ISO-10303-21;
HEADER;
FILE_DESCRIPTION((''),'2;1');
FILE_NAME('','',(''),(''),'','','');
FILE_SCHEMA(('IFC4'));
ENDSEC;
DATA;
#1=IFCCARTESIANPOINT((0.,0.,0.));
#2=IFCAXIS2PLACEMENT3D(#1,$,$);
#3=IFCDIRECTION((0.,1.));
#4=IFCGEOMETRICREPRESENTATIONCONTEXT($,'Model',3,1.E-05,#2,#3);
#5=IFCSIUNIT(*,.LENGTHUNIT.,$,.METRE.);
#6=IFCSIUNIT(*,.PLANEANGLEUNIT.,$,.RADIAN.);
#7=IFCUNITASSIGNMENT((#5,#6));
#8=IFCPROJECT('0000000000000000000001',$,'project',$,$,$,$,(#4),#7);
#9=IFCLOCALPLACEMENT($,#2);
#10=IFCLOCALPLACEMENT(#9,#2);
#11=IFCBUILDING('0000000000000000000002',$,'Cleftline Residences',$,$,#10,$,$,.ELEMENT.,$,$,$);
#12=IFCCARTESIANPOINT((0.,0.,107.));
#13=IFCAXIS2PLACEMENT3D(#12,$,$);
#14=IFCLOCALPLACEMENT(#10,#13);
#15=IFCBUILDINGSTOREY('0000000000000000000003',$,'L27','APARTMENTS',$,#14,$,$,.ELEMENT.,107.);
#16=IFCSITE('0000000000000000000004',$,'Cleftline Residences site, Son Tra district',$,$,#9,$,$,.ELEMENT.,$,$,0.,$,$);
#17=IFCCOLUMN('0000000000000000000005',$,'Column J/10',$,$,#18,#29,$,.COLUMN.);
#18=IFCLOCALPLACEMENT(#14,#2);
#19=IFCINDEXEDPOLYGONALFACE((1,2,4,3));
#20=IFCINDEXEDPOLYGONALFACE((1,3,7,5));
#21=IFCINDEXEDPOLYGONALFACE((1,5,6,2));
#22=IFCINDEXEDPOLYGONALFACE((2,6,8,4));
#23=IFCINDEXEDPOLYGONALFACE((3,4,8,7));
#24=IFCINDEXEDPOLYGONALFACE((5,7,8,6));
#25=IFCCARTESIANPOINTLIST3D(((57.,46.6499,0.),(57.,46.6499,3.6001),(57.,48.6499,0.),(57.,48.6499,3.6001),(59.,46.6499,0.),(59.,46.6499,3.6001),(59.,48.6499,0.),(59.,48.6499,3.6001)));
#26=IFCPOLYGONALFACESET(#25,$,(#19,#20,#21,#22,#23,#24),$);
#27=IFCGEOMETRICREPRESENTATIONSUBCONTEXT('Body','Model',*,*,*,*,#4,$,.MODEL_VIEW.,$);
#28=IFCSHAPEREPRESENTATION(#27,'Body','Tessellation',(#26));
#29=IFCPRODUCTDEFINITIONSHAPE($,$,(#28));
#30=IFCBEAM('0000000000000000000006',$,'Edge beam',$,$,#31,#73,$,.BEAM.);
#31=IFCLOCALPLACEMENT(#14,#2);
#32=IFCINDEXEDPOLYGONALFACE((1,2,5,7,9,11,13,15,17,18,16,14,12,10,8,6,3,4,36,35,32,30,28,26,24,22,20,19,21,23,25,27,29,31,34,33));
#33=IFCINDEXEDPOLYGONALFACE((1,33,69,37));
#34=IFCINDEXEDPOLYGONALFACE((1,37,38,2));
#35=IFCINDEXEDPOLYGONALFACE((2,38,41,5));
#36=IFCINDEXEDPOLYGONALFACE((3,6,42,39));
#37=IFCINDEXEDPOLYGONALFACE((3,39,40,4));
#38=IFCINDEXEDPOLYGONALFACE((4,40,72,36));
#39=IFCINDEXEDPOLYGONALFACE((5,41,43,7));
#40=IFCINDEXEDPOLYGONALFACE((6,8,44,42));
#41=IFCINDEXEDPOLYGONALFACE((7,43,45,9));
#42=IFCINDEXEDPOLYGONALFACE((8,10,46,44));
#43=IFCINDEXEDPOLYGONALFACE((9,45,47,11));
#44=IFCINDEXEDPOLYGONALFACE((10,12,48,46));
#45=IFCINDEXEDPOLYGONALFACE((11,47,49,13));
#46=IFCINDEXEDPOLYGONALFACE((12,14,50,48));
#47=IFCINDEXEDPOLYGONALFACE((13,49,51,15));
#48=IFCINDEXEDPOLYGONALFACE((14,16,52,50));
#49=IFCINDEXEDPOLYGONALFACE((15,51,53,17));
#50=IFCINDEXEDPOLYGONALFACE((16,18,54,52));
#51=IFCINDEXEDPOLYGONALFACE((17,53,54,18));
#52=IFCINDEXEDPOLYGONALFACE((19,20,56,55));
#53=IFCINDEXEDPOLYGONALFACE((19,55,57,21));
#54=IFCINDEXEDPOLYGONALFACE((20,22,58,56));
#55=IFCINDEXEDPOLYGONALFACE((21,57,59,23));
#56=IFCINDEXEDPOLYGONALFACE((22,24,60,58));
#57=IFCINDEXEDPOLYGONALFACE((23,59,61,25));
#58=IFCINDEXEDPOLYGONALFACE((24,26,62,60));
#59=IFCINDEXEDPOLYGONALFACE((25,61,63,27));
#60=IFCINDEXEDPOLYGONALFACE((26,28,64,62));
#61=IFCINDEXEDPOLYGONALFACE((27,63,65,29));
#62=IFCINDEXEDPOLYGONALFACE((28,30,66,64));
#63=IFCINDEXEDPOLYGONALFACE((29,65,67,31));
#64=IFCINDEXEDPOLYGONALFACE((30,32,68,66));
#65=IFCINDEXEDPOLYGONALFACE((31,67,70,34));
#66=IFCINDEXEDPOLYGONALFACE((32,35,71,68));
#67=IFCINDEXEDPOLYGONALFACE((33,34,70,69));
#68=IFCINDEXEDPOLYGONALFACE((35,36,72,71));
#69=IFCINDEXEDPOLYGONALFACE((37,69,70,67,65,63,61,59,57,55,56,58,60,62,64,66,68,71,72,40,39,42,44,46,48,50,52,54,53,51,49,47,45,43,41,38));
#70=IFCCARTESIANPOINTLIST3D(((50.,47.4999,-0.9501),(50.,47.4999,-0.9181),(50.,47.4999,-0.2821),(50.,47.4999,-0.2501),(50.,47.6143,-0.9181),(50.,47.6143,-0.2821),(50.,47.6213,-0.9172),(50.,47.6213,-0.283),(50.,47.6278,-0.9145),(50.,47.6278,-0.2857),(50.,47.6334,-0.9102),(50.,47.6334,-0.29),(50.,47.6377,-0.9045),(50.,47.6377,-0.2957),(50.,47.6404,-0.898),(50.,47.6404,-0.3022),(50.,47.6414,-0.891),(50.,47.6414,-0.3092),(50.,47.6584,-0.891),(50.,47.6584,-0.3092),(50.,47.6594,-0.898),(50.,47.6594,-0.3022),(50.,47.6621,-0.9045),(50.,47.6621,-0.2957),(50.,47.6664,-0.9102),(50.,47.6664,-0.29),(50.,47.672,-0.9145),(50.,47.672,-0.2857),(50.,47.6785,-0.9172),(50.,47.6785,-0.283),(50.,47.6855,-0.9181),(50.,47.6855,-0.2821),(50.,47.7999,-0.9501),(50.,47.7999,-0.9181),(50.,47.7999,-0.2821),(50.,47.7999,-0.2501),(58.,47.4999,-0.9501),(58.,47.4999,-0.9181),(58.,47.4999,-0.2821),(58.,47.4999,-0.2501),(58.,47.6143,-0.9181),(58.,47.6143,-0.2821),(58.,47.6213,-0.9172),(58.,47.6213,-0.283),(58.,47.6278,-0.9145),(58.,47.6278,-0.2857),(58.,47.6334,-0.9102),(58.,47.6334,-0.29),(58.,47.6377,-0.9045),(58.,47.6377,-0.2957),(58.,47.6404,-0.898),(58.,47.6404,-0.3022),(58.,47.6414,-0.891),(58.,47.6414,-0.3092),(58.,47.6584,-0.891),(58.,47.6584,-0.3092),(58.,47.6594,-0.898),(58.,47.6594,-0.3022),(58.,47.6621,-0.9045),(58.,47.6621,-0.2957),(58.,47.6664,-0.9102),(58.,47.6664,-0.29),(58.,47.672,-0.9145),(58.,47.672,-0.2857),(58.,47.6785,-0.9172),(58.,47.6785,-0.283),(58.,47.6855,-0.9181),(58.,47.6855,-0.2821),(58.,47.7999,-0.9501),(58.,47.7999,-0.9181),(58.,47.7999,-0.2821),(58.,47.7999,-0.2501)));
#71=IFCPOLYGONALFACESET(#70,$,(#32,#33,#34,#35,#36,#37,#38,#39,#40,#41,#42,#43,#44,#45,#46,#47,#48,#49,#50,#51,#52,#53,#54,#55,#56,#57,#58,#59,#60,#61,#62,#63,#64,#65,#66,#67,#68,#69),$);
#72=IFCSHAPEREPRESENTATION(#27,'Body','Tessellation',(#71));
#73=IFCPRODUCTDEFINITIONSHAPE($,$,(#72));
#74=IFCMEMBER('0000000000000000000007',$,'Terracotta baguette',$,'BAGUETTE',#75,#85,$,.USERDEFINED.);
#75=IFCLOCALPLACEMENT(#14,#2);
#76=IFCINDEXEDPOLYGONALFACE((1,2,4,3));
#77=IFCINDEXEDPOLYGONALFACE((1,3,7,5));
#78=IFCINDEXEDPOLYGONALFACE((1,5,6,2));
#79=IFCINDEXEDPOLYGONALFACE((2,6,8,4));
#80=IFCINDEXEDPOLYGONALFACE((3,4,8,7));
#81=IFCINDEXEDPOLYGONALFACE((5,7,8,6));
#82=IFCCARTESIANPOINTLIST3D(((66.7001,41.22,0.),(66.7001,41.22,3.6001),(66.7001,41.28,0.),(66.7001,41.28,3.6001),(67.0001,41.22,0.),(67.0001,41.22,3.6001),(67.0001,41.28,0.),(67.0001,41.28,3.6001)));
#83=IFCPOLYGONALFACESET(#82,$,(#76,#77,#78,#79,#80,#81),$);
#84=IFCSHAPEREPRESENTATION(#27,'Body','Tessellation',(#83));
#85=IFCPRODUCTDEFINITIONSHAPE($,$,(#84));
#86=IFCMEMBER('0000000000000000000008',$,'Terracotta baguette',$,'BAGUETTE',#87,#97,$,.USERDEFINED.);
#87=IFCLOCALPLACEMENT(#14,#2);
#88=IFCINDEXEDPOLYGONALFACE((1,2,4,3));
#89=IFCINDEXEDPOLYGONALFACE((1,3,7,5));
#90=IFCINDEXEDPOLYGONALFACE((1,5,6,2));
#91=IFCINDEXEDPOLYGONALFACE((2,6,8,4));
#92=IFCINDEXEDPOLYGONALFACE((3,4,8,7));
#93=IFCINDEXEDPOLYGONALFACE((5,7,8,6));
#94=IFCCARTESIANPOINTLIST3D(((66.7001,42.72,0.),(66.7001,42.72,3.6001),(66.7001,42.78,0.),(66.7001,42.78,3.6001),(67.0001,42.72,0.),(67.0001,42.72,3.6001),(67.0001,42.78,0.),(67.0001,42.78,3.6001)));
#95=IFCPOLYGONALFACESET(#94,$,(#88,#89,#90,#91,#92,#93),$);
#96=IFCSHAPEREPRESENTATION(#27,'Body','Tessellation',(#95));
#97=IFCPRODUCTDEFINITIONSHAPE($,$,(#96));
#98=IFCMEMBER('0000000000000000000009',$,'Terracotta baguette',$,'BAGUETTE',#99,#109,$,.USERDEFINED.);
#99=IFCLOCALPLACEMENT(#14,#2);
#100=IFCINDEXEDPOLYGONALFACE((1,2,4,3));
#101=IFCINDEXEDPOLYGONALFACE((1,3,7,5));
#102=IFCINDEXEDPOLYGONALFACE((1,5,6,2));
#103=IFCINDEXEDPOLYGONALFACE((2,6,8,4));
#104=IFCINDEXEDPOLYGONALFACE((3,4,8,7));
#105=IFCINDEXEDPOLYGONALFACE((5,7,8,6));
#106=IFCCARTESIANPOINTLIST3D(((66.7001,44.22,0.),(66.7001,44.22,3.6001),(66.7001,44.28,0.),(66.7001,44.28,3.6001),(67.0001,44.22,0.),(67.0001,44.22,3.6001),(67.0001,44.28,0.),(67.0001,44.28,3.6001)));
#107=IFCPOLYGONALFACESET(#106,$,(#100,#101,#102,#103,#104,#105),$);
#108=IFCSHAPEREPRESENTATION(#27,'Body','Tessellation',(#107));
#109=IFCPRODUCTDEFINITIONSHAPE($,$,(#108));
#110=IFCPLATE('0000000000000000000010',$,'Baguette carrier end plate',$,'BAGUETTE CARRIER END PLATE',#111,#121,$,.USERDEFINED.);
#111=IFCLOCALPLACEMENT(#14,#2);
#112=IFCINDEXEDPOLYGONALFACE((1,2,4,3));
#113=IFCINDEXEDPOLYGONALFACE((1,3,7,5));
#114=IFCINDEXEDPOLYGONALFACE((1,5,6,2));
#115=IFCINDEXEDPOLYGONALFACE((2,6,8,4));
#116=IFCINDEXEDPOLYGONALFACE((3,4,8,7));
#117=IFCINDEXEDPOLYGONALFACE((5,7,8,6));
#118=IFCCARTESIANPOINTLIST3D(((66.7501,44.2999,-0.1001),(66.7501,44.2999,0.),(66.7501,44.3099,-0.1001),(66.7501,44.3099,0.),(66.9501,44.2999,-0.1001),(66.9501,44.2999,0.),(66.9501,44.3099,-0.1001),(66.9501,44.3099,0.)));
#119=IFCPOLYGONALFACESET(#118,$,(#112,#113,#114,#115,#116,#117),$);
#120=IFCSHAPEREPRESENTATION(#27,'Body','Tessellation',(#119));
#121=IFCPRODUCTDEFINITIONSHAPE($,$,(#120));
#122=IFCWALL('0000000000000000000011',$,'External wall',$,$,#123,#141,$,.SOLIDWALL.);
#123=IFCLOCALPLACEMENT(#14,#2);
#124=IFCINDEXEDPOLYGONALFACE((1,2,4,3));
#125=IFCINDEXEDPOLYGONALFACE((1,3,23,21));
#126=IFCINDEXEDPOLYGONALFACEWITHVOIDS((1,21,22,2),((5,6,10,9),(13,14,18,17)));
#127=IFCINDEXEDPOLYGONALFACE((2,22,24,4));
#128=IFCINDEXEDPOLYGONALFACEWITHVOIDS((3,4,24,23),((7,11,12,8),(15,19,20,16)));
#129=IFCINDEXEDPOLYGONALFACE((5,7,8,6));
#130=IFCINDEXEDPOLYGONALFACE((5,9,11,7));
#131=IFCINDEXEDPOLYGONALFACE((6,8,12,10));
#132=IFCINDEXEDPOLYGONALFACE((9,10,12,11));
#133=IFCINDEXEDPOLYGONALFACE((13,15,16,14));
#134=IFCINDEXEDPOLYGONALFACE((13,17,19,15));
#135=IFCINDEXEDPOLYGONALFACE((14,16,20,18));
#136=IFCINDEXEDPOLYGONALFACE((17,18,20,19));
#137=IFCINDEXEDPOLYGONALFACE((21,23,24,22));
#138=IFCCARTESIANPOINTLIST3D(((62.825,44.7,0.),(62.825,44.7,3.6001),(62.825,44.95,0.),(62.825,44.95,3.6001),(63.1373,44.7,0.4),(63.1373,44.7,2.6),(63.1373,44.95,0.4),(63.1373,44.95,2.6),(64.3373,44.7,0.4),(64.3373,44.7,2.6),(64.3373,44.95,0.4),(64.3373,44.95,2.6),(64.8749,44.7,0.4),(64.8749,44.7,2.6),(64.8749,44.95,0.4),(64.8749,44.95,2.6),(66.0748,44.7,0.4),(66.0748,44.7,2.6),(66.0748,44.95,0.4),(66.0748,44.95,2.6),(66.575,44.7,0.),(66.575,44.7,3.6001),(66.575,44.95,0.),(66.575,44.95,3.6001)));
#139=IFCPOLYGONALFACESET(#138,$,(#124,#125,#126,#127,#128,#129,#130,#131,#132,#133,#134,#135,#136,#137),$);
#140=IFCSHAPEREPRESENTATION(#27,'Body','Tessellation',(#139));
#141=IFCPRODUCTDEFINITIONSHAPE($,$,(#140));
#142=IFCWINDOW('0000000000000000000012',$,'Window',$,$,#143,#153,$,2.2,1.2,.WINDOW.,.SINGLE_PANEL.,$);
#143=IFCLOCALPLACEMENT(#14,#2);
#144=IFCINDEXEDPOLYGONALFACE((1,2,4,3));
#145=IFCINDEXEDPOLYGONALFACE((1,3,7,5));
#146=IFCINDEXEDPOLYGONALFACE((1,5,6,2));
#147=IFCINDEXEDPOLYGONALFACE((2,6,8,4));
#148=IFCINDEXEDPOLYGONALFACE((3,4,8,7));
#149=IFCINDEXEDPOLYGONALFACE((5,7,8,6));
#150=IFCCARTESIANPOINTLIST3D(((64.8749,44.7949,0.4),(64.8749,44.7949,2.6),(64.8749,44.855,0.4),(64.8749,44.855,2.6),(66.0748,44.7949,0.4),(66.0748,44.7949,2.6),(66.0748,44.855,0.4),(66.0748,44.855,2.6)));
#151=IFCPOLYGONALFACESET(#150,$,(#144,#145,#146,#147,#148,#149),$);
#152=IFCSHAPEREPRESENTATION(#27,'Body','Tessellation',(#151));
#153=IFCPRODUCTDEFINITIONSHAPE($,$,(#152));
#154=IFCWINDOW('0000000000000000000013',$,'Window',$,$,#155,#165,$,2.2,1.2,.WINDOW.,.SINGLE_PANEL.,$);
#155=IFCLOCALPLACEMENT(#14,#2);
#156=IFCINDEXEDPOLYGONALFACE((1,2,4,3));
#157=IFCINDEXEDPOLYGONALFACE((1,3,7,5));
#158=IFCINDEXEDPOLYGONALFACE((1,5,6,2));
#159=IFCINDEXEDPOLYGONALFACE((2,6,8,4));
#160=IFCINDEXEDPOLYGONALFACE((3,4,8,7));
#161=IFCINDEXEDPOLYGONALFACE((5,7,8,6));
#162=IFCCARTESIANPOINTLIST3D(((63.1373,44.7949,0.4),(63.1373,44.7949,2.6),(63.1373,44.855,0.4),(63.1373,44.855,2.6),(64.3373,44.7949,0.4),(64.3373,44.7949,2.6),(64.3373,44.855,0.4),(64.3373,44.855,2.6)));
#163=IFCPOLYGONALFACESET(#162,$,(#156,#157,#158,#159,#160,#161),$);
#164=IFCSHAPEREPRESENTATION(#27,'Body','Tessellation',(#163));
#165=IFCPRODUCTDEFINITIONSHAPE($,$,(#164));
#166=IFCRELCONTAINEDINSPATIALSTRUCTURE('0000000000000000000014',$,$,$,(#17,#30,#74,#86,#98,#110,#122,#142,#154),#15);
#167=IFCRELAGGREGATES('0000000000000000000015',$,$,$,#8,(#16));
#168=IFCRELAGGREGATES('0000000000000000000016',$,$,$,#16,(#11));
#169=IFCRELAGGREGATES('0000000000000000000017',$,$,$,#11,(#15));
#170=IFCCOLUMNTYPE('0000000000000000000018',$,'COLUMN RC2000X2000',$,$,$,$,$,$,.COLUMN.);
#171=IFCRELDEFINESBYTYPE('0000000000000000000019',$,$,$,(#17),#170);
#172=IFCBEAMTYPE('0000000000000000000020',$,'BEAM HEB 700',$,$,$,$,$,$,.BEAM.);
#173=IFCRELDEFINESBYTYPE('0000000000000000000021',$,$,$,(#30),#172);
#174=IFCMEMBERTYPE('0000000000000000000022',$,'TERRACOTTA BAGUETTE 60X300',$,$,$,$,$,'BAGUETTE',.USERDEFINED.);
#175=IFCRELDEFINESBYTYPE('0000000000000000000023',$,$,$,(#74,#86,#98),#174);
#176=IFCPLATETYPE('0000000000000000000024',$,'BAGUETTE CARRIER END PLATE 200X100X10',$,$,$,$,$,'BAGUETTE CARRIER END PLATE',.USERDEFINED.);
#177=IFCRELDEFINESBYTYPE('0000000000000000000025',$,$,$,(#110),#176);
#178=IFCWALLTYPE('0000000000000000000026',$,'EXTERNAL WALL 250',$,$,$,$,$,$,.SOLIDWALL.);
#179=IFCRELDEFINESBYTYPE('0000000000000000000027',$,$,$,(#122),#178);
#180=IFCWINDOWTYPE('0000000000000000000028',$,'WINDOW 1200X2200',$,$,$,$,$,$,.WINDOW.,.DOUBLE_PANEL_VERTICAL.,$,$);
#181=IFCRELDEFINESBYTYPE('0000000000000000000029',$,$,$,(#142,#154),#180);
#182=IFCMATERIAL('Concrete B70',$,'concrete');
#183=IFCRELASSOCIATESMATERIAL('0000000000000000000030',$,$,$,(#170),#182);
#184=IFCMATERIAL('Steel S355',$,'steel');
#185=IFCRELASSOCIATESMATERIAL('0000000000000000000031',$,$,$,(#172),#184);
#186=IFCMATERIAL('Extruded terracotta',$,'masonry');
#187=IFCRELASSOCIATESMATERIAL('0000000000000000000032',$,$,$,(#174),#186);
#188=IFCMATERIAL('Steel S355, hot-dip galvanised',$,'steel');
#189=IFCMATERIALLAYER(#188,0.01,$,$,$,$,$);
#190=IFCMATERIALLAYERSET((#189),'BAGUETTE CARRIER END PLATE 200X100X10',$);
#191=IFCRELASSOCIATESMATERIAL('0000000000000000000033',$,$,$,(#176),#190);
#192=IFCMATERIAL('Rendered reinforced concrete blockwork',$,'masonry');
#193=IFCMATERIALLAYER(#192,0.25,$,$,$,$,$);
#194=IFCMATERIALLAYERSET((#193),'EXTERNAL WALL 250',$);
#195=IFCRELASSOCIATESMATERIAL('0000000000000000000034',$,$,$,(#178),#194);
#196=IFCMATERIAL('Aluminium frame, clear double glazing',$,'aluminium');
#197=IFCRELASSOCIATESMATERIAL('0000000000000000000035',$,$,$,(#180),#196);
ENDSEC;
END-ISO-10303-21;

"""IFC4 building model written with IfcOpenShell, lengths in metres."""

from ifc_helpers import new_model, si_unit, direction, frame, frame_2d, origin, origin_2d, place, context, subcontext, project, spatial, rectangle, i_section, extrude, material, layer, layer_set, material_profile, profile_set, type_object, element, fill, save


model = new_model("IFC4")

# Units and contexts
model_context = context("Model", 3, precision=1e-05, world=origin(), true_north=direction((0.0, 1.0)))
body_context = subcontext(model_context, "Body", "Model", "MODEL_VIEW")
ifc_project = project(units=[si_unit("LENGTHUNIT", "METRE"), si_unit("PLANEANGLEUNIT", "RADIAN")], contexts=[model_context])

# Site, building, storey
site_placement = place(None, origin())
site = spatial("IfcSite", under=ifc_project, at=site_placement, Name="Cleftline Residences site, Son Tra district", CompositionType="ELEMENT", RefElevation=0.0)
building_placement = place(site_placement, origin())
building = spatial("IfcBuilding", under=site, at=building_placement, Name="Cleftline Residences", CompositionType="ELEMENT")
storey_placement = place(building_placement, frame((0.0, 0.0, 107.0)))
storey = spatial("IfcBuildingStorey", under=building, at=storey_placement, Name="L27", Description="APARTMENTS", CompositionType="ELEMENT", Elevation=107.0)

# Column
ifc_material_1 = material(Name="Concrete B70", Category="concrete")
ifc_material_profile_1 = material_profile(ifc_material_1, rectangle(XDim=2.0, YDim=2.0, at=origin_2d()))
ifc_profile_set_1 = profile_set([ifc_material_profile_1], Name="Concrete B70")
column_type = type_object("IfcColumnType", Name="COLUMN RC2000X2000", PredefinedType="COLUMN", material=ifc_profile_set_1)
column_placement = place(storey_placement, frame((58.0, 47.6499, 0.0), z_axis=(0.0, 0.0, 1.0), x_axis=(1.0, 0.0, 0.0)))
element("IfcColumn", 1, at=column_placement, inside=storey, type_object=column_type, Name="Column J/10", PredefinedType="COLUMN", context=body_context, shape_type="SweptSolid", body=[
    extrude(rectangle(XDim=2.0, YDim=2.0, at=origin_2d()), origin(), (0.0, 0.0, 1.0), 3.6001),
])

# Beam
ifc_material_2 = material(Name="Steel S355", Category="steel")
ifc_material_profile_2 = material_profile(ifc_material_2, i_section(OverallWidth=0.3, OverallDepth=0.7, WebThickness=0.0171, FlangeThickness=0.032, FilletRadius=0.0271, at=origin_2d()))
ifc_profile_set_2 = profile_set([ifc_material_profile_2], Name="Steel S355")
beam_type = type_object("IfcBeamType", Name="BEAM HEB 700", PredefinedType="BEAM", material=ifc_profile_set_2)
beam_placement = place(storey_placement, frame((58.0, 47.6499, -0.6001), z_axis=(-1.0, 0.0, 0.0), x_axis=(0.0, -1.0, 0.0)))
element("IfcBeam", 2, at=beam_placement, inside=storey, type_object=beam_type, Name="Edge beam", PredefinedType="BEAM", context=body_context, shape_type="SweptSolid", body=[
    extrude(i_section(OverallWidth=0.3, OverallDepth=0.7, WebThickness=0.0171, FlangeThickness=0.032, FilletRadius=0.0271, at=origin_2d()), origin(), (0.0, 0.0, 1.0), 8.0),
])

# Members
ifc_material_3 = material(Name="Extruded terracotta", Category="masonry")
ifc_material_profile_3 = material_profile(ifc_material_3, rectangle(XDim=0.0601, YDim=0.3, at=origin_2d()))
ifc_profile_set_3 = profile_set([ifc_material_profile_3], Name="Extruded terracotta")
member_type = type_object("IfcMemberType", Name="TERRACOTTA BAGUETTE 60X300", ElementType="BAGUETTE", PredefinedType="USERDEFINED", material=ifc_profile_set_3)
for number, where, z_axis, x_axis, name in (
    (3, (66.8501, 41.25, 0.0), (0.0, 0.0, 1.0), (0.0, 1.0, 0.0), "Terracotta baguette"),
    (4, (66.8501, 42.75, 0.0), (0.0, 0.0, 1.0), (0.0, 1.0, 0.0), "Terracotta baguette"),
    (5, (66.8501, 44.25, 0.0), (0.0, 0.0, 1.0), (0.0, 1.0, 0.0), "Terracotta baguette"),
):
    element("IfcMember", number, at=place(storey_placement, frame(where, z_axis=z_axis, x_axis=x_axis)), inside=storey, type_object=member_type, Name=name, ObjectType="BAGUETTE", PredefinedType="USERDEFINED", context=body_context, shape_type="SweptSolid", body=[
        extrude(rectangle(XDim=0.0601, YDim=0.3, at=origin_2d()), origin(), (0.0, 0.0, 1.0), 3.6001),
    ])

# Plate
ifc_material_4 = material(Name="Steel S355, hot-dip galvanised", Category="steel")
ifc_layer_1 = layer(ifc_material_4, 0.01)
ifc_layer_set_1 = layer_set([ifc_layer_1], Name="BAGUETTE CARRIER END PLATE 200X100X10")
plate_type = type_object("IfcPlateType", Name="BAGUETTE CARRIER END PLATE 200X100X10", ElementType="BAGUETTE CARRIER END PLATE", PredefinedType="USERDEFINED", material=ifc_layer_set_1)
plate_placement = place(storey_placement, frame((66.8501, 44.3049, -0.1001), z_axis=(0.0, 0.0, 1.0), x_axis=(1.0, 0.0, 0.0)))
element("IfcPlate", 6, at=plate_placement, inside=storey, type_object=plate_type, Name="Baguette carrier end plate", ObjectType="BAGUETTE CARRIER END PLATE", PredefinedType="USERDEFINED", context=body_context, shape_type="SweptSolid", body=[
    extrude(rectangle(XDim=0.2, YDim=0.01, at=origin_2d()), origin(), (0.0, 0.0, 1.0), 0.1001),
])

# Wall, openings, windows
ifc_material_5 = material(Name="Rendered reinforced concrete blockwork", Category="masonry")
ifc_layer_2 = layer(ifc_material_5, 0.25)
ifc_layer_set_2 = layer_set([ifc_layer_2], Name="EXTERNAL WALL 250")
wall_type_1 = type_object("IfcWallType", Name="EXTERNAL WALL 250", PredefinedType="SOLIDWALL", material=ifc_layer_set_2)
wall_1_placement = place(storey_placement, frame((66.575, 44.825, 0.0), z_axis=(0.0, 0.0, 1.0), x_axis=(-1.0, 0.0, 0.0)))
wall_1 = element("IfcWall", 7, at=wall_1_placement, inside=storey, type_object=wall_type_1, Name="External wall", PredefinedType="SOLIDWALL", context=body_context, shape_type="SweptSolid", body=[
    extrude(rectangle(XDim=3.75, YDim=0.25, at=frame_2d((1.875, 0.0))), origin(), (0.0, 0.0, 1.0), 3.6001),
])
opening_1_placement = place(wall_1_placement, frame((0.5, 0.0, 0.3999)))
opening_1 = element("IfcOpeningElement", 8, at=opening_1_placement, cuts=wall_1, PredefinedType="OPENING", context=body_context, shape_type="SweptSolid", body=[
    extrude(rectangle(XDim=1.2, YDim=2.2, at=frame_2d((0.6001, 1.1001))), frame((0.0, 0.135, 0.0), z_axis=(0.0, -1.0, 0.0), x_axis=(1.0, 0.0, 0.0)), (0.0, 0.0, 1.0), 0.27),
])
opening_2_placement = place(wall_1_placement, frame((2.2375, 0.0, 0.3999)))
opening_2 = element("IfcOpeningElement", 9, at=opening_2_placement, cuts=wall_1, PredefinedType="OPENING", context=body_context, shape_type="SweptSolid", body=[
    extrude(rectangle(XDim=1.2, YDim=2.2, at=frame_2d((0.6001, 1.1001))), frame((0.0, 0.135, 0.0), z_axis=(0.0, -1.0, 0.0), x_axis=(1.0, 0.0, 0.0)), (0.0, 0.0, 1.0), 0.27),
])
ifc_material_6 = material(Name="Aluminium frame, clear double glazing", Category="aluminium")
window_type_1 = type_object("IfcWindowType", Name="WINDOW 1200X2200", PartitioningType="DOUBLE_PANEL_VERTICAL", PredefinedType="WINDOW", material=ifc_material_6)
window_1_placement = place(opening_1_placement, origin())
window_1 = element("IfcWindow", 10, at=window_1_placement, inside=storey, type_object=window_type_1, Name="Window", OverallHeight=2.2, OverallWidth=1.2, PartitioningType="SINGLE_PANEL", PredefinedType="WINDOW", context=body_context, shape_type="SweptSolid", body=[
    extrude(rectangle(XDim=1.2, YDim=2.2, at=frame_2d((0.6001, 1.1001))), frame((0.0, 0.03, 0.0), z_axis=(0.0, -1.0, 0.0), x_axis=(1.0, 0.0, 0.0)), (0.0, 0.0, 1.0), 0.0601),
])
fill(opening_1, window_1)
window_2_placement = place(opening_2_placement, origin())
window_2 = element("IfcWindow", 11, at=window_2_placement, inside=storey, type_object=window_type_1, Name="Window", OverallHeight=2.2, OverallWidth=1.2, PartitioningType="SINGLE_PANEL", PredefinedType="WINDOW", context=body_context, shape_type="SweptSolid", body=[
    extrude(rectangle(XDim=1.2, YDim=2.2, at=frame_2d((0.6001, 1.1001))), frame((0.0, 0.03, 0.0), z_axis=(0.0, -1.0, 0.0), x_axis=(1.0, 0.0, 0.0)), (0.0, 0.0, 1.0), 0.0601),
])
fill(opening_2, window_2)

save(model, "model.ifc")
